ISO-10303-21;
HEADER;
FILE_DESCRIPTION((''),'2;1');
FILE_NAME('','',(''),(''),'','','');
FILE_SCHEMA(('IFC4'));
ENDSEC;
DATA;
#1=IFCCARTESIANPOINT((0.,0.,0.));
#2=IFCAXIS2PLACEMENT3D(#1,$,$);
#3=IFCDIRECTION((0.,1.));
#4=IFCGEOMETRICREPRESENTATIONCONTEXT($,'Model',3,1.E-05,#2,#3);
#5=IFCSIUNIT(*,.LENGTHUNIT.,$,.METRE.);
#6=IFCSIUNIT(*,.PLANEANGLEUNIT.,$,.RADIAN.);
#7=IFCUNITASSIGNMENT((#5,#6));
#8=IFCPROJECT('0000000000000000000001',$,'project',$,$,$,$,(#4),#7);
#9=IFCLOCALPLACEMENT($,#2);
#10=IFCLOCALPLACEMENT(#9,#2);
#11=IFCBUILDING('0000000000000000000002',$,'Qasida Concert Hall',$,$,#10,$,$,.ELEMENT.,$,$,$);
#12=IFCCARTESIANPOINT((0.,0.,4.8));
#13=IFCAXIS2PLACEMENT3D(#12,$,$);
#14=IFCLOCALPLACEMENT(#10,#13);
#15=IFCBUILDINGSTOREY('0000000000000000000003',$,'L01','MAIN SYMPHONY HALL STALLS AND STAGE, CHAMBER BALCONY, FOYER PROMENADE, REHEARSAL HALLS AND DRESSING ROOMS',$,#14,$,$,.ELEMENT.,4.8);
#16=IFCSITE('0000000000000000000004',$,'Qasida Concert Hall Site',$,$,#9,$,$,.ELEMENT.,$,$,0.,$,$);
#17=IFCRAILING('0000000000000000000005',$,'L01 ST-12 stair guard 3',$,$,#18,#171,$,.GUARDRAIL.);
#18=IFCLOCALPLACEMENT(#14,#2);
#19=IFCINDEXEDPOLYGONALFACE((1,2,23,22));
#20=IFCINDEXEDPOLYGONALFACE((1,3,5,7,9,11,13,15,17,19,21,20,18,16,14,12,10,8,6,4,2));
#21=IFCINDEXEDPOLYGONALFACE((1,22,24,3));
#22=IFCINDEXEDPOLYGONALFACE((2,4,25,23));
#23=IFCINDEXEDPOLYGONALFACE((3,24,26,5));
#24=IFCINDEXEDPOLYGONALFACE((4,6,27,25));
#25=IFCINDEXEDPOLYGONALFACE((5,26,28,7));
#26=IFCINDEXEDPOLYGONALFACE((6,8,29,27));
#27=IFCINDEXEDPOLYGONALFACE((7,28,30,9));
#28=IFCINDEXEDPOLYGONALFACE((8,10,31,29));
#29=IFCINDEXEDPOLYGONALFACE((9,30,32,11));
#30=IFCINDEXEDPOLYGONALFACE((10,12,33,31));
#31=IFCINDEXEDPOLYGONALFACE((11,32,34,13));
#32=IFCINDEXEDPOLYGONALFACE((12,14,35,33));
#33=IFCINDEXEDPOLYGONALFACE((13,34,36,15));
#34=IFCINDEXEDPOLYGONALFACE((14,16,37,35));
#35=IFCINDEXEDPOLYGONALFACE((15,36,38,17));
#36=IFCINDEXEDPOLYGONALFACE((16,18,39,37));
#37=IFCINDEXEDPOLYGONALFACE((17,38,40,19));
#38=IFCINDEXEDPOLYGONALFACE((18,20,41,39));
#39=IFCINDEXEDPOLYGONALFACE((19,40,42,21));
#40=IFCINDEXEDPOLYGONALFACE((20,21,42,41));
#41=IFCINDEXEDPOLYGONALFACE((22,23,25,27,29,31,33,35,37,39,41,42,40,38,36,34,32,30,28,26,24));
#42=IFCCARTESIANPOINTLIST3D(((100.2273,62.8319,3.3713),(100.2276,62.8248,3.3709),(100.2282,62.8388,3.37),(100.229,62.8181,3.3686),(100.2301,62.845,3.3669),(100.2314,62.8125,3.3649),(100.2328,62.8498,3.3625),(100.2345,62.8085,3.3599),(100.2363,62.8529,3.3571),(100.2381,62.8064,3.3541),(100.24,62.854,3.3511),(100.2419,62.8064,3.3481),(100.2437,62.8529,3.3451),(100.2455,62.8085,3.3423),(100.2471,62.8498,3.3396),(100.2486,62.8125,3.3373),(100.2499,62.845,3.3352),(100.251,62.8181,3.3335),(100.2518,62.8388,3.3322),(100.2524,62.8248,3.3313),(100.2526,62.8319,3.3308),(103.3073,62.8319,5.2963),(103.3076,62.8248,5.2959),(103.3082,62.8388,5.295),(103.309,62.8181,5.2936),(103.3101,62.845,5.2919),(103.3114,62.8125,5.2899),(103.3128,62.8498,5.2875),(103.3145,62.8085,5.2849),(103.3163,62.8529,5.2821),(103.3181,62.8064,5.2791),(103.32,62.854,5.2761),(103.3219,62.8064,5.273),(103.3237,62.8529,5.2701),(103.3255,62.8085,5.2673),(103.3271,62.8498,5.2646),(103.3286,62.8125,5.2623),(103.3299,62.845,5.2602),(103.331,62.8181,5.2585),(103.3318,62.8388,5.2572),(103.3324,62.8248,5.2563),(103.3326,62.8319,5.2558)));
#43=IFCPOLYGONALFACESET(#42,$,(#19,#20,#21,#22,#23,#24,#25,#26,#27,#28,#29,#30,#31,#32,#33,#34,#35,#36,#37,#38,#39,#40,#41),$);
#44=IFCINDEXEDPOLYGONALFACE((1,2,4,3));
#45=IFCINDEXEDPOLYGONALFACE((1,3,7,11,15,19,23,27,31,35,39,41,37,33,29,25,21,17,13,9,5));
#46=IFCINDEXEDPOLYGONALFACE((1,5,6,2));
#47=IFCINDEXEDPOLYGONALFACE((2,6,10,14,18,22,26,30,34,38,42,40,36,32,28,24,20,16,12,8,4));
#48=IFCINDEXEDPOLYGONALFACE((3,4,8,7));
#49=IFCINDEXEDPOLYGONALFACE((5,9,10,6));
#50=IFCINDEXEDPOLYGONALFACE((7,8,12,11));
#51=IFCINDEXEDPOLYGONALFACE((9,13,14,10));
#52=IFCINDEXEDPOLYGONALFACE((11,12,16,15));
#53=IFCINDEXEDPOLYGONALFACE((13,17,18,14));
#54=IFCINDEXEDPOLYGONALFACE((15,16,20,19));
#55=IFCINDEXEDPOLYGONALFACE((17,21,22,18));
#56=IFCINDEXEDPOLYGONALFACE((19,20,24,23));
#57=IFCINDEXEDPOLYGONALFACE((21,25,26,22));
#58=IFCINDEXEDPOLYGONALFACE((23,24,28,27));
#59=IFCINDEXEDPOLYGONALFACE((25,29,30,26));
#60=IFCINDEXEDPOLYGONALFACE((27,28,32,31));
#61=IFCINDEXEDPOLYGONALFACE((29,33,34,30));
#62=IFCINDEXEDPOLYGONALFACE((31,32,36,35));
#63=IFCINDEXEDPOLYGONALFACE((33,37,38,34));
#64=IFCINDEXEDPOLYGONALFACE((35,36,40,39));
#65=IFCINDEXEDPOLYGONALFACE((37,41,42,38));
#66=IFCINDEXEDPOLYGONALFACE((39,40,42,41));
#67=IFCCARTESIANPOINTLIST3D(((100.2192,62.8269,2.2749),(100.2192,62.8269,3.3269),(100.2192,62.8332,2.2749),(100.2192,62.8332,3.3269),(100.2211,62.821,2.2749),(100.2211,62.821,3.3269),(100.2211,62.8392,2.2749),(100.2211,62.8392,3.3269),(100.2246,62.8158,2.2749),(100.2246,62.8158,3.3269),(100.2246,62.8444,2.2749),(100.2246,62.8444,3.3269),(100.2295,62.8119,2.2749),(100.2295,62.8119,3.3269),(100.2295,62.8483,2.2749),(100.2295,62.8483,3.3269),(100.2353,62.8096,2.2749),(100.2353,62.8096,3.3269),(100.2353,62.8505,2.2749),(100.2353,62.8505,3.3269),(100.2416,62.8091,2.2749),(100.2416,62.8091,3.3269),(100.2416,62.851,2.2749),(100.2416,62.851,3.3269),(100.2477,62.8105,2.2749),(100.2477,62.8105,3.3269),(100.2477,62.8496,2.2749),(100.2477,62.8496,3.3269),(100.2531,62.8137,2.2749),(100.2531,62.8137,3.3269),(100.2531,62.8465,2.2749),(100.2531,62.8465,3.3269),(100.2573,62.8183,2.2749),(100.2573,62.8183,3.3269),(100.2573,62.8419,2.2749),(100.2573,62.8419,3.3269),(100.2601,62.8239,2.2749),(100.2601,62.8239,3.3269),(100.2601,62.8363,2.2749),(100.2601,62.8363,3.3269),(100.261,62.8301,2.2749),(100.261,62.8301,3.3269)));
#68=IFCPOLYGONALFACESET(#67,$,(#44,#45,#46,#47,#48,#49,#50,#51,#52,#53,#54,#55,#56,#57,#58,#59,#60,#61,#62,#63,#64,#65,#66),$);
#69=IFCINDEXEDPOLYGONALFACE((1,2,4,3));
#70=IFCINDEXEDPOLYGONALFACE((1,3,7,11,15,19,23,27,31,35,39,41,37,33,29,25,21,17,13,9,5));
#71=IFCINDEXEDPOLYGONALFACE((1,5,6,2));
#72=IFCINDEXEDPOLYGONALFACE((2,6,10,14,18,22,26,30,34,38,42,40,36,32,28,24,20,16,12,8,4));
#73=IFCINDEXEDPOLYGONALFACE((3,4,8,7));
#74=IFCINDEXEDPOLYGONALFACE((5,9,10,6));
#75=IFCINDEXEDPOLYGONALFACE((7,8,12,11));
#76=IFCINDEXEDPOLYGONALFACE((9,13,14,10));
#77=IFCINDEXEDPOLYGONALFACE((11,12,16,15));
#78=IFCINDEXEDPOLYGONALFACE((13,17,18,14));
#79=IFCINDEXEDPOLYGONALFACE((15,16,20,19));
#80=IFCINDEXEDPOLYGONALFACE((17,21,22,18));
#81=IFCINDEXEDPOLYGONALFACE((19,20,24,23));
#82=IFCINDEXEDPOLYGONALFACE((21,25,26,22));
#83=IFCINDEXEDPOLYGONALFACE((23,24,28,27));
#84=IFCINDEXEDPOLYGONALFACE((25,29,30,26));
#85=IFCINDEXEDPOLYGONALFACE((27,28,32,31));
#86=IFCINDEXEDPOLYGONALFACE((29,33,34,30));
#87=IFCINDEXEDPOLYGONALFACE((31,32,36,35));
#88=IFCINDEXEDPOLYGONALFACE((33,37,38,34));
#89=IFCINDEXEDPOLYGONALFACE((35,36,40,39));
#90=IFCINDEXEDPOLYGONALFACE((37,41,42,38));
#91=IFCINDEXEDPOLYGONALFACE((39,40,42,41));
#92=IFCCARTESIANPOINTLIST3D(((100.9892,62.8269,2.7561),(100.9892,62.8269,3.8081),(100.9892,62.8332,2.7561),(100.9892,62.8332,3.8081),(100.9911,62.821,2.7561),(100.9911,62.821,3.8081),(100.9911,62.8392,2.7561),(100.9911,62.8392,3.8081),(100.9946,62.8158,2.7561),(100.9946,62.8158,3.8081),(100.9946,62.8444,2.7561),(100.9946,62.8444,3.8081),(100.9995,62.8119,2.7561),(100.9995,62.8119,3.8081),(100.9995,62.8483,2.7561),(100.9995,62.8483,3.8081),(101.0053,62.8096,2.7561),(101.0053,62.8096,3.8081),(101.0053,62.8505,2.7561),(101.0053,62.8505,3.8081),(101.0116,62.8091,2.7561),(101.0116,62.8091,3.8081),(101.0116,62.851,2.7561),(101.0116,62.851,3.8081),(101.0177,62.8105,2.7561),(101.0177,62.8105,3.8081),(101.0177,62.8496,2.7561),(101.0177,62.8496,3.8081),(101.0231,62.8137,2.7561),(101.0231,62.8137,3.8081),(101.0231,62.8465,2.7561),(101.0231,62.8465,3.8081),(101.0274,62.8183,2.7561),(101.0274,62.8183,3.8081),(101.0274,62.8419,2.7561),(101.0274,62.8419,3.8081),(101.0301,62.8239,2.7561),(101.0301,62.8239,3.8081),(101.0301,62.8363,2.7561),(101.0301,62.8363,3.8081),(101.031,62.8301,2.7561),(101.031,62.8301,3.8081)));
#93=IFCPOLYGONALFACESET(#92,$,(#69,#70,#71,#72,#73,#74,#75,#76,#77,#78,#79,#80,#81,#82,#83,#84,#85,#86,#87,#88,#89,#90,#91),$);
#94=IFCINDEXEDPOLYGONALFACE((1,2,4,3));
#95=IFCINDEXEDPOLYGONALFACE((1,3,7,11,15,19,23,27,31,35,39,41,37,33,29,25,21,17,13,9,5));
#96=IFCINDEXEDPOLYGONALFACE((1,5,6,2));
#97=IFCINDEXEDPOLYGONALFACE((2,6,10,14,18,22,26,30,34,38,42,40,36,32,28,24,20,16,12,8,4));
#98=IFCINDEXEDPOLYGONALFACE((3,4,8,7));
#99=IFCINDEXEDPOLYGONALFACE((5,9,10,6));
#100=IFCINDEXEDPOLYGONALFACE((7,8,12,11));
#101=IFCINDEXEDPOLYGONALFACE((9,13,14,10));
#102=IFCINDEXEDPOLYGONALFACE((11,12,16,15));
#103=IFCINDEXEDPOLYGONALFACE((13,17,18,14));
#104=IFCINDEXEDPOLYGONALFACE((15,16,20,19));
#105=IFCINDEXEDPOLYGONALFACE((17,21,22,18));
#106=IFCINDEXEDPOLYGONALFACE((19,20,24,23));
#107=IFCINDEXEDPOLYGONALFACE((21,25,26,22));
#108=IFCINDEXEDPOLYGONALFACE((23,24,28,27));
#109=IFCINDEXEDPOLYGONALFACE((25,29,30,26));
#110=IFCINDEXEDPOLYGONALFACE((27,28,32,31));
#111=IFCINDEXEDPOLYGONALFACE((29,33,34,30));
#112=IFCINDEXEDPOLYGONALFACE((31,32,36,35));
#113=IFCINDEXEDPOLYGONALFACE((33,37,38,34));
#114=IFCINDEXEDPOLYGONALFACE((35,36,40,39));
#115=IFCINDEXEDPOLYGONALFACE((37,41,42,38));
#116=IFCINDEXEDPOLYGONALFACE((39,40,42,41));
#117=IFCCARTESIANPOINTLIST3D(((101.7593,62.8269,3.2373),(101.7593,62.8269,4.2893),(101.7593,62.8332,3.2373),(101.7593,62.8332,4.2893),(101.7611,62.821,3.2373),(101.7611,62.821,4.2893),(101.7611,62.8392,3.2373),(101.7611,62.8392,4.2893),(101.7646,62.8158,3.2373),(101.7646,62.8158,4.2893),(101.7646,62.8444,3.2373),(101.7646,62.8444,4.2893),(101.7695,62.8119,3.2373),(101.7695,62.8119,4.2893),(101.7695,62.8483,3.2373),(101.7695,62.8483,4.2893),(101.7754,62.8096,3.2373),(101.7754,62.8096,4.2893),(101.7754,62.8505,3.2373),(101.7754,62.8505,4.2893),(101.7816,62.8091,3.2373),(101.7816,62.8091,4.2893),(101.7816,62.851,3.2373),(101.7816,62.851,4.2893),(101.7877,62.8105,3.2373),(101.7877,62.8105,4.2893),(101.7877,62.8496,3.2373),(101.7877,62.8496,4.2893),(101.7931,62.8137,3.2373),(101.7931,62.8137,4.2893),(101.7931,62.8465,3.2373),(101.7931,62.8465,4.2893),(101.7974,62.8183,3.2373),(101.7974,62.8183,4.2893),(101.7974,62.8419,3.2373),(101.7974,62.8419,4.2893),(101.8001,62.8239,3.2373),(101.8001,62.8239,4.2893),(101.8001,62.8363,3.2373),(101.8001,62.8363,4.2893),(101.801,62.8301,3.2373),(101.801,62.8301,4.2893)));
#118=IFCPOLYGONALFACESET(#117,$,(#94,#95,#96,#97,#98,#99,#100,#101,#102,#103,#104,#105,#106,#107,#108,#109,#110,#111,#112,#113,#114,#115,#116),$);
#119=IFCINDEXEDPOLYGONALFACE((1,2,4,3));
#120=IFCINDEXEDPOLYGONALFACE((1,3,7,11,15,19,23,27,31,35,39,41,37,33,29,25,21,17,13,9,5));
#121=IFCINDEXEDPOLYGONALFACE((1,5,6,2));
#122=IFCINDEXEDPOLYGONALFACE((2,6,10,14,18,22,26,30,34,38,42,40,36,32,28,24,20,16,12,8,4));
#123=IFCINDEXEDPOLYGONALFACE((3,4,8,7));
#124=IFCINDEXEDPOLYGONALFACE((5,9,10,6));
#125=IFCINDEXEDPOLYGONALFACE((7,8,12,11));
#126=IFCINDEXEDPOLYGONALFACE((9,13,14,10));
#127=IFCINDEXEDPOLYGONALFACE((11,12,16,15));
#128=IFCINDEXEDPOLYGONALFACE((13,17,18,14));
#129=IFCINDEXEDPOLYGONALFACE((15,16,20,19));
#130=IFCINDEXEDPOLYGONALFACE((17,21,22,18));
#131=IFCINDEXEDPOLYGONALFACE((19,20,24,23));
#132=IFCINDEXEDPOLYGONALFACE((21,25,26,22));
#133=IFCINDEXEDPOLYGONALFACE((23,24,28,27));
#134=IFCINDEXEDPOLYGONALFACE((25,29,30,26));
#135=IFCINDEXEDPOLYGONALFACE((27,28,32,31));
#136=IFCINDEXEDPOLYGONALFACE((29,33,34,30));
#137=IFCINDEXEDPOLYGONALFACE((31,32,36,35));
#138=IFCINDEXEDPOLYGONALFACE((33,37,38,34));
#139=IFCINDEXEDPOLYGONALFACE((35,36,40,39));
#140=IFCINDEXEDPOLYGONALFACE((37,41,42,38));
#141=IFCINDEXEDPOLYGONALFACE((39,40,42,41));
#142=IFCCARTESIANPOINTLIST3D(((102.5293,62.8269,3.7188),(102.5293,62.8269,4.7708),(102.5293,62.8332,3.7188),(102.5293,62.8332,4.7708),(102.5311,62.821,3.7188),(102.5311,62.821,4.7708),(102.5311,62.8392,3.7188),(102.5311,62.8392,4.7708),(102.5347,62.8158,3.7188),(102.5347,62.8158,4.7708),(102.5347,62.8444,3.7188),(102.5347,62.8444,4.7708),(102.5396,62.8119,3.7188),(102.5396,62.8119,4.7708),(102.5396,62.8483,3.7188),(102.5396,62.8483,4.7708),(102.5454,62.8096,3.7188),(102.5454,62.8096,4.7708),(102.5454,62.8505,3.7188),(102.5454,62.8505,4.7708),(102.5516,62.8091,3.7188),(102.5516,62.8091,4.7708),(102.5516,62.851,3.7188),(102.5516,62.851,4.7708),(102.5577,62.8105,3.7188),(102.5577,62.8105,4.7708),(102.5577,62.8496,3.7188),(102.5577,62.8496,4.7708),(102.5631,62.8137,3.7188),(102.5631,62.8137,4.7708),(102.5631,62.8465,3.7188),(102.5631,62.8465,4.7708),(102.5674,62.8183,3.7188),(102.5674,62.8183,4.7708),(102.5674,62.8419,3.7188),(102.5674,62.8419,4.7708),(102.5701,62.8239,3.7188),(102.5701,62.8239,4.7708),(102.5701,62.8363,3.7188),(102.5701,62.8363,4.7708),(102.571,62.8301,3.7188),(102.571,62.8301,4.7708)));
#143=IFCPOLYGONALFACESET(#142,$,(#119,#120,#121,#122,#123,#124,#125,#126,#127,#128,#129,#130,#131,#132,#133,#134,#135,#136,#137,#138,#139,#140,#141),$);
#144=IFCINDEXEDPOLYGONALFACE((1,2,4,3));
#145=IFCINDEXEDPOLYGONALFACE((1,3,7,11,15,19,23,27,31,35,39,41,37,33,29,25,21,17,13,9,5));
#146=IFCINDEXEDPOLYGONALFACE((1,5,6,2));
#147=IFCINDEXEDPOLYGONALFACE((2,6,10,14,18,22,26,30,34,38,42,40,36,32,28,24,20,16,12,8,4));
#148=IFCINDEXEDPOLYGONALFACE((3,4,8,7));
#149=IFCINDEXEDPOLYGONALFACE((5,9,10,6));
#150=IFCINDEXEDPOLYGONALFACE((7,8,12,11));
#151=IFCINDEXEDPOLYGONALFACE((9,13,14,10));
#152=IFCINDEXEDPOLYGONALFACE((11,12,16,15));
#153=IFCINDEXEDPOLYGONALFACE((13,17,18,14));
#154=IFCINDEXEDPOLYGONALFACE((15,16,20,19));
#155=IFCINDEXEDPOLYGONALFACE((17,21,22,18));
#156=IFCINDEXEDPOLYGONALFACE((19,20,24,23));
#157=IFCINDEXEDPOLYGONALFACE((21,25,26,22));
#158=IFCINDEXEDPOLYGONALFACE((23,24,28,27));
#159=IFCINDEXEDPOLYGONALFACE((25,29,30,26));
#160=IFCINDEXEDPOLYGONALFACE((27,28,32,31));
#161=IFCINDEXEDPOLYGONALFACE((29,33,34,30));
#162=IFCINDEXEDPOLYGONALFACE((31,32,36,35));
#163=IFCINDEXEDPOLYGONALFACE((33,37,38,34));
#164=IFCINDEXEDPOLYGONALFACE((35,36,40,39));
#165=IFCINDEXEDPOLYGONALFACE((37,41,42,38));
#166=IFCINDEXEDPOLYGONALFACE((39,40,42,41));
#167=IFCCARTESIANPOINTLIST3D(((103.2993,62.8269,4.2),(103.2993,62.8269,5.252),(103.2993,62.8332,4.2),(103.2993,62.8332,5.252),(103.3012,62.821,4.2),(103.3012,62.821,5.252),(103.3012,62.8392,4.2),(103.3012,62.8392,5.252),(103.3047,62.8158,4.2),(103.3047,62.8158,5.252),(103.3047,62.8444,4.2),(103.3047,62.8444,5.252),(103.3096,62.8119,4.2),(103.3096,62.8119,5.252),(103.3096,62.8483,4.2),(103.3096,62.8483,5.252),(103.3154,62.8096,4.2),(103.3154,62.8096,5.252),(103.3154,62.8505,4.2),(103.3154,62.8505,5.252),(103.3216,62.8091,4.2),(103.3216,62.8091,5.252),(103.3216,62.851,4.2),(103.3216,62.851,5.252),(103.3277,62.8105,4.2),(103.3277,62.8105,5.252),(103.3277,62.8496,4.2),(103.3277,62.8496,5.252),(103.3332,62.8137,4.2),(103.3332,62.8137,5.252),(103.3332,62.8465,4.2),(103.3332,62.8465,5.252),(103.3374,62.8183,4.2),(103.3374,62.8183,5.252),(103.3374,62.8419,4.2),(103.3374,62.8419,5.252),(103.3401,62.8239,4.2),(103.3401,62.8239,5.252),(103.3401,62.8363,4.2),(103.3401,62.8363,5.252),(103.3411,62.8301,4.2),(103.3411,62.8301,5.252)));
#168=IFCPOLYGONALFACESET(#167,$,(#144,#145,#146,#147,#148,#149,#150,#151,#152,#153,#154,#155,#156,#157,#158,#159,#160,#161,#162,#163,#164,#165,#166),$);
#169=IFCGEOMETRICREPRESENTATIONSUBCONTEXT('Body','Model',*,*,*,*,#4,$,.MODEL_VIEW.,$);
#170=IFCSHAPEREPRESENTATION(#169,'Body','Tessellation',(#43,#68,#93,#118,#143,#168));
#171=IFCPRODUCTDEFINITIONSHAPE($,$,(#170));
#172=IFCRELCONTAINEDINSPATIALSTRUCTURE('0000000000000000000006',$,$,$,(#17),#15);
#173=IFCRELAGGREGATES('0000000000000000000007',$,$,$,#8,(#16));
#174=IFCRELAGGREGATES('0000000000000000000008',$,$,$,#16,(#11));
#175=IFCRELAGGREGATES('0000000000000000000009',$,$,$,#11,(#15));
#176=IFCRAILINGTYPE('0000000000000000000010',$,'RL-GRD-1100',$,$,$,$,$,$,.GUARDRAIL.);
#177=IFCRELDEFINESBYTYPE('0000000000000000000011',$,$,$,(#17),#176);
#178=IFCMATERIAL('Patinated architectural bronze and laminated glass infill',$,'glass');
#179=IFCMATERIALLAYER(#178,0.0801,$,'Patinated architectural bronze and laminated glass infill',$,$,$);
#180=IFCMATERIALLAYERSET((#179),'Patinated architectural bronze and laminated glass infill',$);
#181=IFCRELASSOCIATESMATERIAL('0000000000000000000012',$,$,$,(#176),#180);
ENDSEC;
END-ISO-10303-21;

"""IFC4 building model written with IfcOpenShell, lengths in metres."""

from ifc_helpers import new_model, si_unit, direction, frame, origin, origin_2d, place, context, subcontext, project, spatial, circle, extrude, material, layer, layer_set, type_object, element, save


model = new_model("IFC4")

# Units and contexts
model_context = context("Model", 3, precision=1e-05, world=origin(), true_north=direction((0.0, 1.0)))
body_context = subcontext(model_context, "Body", "Model", "MODEL_VIEW")
ifc_project = project(units=[si_unit("LENGTHUNIT", "METRE"), si_unit("PLANEANGLEUNIT", "RADIAN")], contexts=[model_context])

# Site, building, storey
site_placement = place(None, origin())
site = spatial("IfcSite", under=ifc_project, at=site_placement, Name="Qasida Concert Hall Site", CompositionType="ELEMENT", RefElevation=0.0)
building_placement = place(site_placement, origin())
building = spatial("IfcBuilding", under=site, at=building_placement, Name="Qasida Concert Hall", CompositionType="ELEMENT")
storey_placement = place(building_placement, frame((0.0, 0.0, 4.8)))
storey = spatial("IfcBuildingStorey", under=building, at=storey_placement, Name="L01", Description="MAIN SYMPHONY HALL STALLS AND STAGE, CHAMBER BALCONY, FOYER PROMENADE, REHEARSAL HALLS AND DRESSING ROOMS", CompositionType="ELEMENT", Elevation=4.8)

# Railing
ifc_material_1 = material(Name="Patinated architectural bronze and laminated glass infill", Category="glass")
ifc_layer_1 = layer(ifc_material_1, 0.0801, Name="Patinated architectural bronze and laminated glass infill")
ifc_layer_set_1 = layer_set([ifc_layer_1], Name="Patinated architectural bronze and laminated glass infill")
railing_type_1 = type_object("IfcRailingType", Name="RL-GRD-1100", PredefinedType="GUARDRAIL", material=ifc_layer_set_1)
railing_1_placement = place(storey_placement, frame((100.24, 62.8301, 2.2749)))
element("IfcRailing", 1, at=railing_1_placement, inside=storey, type_object=railing_type_1, Name="L01 ST-12 stair guard 3", PredefinedType="GUARDRAIL", context=body_context, shape_type="SweptSolid", body=[
    extrude(circle(Radius=0.0239, at=origin_2d()), frame((0.0, 0.0, 1.0762), z_axis=(0.847998, 0.0, 0.529999), x_axis=(0.0, 1.0, 0.0)), (0.0, 0.0, 1.0), 3.6321),
    extrude(circle(Radius=0.021, at=origin_2d()), origin(), (0.0, 0.0, 1.0), 1.052),
    extrude(circle(Radius=0.021, at=origin_2d()), frame((0.77, 0.0, 0.4812)), (0.0, 0.0, 1.0), 1.052),
    extrude(circle(Radius=0.021, at=origin_2d()), frame((1.54, 0.0, 0.9624)), (0.0, 0.0, 1.0), 1.052),
    extrude(circle(Radius=0.021, at=origin_2d()), frame((2.3101, 0.0, 1.4438)), (0.0, 0.0, 1.0), 1.052),
    extrude(circle(Radius=0.021, at=origin_2d()), frame((3.0801, 0.0, 1.925)), (0.0, 0.0, 1.0), 1.052),
])

save(model, "model.ifc")
